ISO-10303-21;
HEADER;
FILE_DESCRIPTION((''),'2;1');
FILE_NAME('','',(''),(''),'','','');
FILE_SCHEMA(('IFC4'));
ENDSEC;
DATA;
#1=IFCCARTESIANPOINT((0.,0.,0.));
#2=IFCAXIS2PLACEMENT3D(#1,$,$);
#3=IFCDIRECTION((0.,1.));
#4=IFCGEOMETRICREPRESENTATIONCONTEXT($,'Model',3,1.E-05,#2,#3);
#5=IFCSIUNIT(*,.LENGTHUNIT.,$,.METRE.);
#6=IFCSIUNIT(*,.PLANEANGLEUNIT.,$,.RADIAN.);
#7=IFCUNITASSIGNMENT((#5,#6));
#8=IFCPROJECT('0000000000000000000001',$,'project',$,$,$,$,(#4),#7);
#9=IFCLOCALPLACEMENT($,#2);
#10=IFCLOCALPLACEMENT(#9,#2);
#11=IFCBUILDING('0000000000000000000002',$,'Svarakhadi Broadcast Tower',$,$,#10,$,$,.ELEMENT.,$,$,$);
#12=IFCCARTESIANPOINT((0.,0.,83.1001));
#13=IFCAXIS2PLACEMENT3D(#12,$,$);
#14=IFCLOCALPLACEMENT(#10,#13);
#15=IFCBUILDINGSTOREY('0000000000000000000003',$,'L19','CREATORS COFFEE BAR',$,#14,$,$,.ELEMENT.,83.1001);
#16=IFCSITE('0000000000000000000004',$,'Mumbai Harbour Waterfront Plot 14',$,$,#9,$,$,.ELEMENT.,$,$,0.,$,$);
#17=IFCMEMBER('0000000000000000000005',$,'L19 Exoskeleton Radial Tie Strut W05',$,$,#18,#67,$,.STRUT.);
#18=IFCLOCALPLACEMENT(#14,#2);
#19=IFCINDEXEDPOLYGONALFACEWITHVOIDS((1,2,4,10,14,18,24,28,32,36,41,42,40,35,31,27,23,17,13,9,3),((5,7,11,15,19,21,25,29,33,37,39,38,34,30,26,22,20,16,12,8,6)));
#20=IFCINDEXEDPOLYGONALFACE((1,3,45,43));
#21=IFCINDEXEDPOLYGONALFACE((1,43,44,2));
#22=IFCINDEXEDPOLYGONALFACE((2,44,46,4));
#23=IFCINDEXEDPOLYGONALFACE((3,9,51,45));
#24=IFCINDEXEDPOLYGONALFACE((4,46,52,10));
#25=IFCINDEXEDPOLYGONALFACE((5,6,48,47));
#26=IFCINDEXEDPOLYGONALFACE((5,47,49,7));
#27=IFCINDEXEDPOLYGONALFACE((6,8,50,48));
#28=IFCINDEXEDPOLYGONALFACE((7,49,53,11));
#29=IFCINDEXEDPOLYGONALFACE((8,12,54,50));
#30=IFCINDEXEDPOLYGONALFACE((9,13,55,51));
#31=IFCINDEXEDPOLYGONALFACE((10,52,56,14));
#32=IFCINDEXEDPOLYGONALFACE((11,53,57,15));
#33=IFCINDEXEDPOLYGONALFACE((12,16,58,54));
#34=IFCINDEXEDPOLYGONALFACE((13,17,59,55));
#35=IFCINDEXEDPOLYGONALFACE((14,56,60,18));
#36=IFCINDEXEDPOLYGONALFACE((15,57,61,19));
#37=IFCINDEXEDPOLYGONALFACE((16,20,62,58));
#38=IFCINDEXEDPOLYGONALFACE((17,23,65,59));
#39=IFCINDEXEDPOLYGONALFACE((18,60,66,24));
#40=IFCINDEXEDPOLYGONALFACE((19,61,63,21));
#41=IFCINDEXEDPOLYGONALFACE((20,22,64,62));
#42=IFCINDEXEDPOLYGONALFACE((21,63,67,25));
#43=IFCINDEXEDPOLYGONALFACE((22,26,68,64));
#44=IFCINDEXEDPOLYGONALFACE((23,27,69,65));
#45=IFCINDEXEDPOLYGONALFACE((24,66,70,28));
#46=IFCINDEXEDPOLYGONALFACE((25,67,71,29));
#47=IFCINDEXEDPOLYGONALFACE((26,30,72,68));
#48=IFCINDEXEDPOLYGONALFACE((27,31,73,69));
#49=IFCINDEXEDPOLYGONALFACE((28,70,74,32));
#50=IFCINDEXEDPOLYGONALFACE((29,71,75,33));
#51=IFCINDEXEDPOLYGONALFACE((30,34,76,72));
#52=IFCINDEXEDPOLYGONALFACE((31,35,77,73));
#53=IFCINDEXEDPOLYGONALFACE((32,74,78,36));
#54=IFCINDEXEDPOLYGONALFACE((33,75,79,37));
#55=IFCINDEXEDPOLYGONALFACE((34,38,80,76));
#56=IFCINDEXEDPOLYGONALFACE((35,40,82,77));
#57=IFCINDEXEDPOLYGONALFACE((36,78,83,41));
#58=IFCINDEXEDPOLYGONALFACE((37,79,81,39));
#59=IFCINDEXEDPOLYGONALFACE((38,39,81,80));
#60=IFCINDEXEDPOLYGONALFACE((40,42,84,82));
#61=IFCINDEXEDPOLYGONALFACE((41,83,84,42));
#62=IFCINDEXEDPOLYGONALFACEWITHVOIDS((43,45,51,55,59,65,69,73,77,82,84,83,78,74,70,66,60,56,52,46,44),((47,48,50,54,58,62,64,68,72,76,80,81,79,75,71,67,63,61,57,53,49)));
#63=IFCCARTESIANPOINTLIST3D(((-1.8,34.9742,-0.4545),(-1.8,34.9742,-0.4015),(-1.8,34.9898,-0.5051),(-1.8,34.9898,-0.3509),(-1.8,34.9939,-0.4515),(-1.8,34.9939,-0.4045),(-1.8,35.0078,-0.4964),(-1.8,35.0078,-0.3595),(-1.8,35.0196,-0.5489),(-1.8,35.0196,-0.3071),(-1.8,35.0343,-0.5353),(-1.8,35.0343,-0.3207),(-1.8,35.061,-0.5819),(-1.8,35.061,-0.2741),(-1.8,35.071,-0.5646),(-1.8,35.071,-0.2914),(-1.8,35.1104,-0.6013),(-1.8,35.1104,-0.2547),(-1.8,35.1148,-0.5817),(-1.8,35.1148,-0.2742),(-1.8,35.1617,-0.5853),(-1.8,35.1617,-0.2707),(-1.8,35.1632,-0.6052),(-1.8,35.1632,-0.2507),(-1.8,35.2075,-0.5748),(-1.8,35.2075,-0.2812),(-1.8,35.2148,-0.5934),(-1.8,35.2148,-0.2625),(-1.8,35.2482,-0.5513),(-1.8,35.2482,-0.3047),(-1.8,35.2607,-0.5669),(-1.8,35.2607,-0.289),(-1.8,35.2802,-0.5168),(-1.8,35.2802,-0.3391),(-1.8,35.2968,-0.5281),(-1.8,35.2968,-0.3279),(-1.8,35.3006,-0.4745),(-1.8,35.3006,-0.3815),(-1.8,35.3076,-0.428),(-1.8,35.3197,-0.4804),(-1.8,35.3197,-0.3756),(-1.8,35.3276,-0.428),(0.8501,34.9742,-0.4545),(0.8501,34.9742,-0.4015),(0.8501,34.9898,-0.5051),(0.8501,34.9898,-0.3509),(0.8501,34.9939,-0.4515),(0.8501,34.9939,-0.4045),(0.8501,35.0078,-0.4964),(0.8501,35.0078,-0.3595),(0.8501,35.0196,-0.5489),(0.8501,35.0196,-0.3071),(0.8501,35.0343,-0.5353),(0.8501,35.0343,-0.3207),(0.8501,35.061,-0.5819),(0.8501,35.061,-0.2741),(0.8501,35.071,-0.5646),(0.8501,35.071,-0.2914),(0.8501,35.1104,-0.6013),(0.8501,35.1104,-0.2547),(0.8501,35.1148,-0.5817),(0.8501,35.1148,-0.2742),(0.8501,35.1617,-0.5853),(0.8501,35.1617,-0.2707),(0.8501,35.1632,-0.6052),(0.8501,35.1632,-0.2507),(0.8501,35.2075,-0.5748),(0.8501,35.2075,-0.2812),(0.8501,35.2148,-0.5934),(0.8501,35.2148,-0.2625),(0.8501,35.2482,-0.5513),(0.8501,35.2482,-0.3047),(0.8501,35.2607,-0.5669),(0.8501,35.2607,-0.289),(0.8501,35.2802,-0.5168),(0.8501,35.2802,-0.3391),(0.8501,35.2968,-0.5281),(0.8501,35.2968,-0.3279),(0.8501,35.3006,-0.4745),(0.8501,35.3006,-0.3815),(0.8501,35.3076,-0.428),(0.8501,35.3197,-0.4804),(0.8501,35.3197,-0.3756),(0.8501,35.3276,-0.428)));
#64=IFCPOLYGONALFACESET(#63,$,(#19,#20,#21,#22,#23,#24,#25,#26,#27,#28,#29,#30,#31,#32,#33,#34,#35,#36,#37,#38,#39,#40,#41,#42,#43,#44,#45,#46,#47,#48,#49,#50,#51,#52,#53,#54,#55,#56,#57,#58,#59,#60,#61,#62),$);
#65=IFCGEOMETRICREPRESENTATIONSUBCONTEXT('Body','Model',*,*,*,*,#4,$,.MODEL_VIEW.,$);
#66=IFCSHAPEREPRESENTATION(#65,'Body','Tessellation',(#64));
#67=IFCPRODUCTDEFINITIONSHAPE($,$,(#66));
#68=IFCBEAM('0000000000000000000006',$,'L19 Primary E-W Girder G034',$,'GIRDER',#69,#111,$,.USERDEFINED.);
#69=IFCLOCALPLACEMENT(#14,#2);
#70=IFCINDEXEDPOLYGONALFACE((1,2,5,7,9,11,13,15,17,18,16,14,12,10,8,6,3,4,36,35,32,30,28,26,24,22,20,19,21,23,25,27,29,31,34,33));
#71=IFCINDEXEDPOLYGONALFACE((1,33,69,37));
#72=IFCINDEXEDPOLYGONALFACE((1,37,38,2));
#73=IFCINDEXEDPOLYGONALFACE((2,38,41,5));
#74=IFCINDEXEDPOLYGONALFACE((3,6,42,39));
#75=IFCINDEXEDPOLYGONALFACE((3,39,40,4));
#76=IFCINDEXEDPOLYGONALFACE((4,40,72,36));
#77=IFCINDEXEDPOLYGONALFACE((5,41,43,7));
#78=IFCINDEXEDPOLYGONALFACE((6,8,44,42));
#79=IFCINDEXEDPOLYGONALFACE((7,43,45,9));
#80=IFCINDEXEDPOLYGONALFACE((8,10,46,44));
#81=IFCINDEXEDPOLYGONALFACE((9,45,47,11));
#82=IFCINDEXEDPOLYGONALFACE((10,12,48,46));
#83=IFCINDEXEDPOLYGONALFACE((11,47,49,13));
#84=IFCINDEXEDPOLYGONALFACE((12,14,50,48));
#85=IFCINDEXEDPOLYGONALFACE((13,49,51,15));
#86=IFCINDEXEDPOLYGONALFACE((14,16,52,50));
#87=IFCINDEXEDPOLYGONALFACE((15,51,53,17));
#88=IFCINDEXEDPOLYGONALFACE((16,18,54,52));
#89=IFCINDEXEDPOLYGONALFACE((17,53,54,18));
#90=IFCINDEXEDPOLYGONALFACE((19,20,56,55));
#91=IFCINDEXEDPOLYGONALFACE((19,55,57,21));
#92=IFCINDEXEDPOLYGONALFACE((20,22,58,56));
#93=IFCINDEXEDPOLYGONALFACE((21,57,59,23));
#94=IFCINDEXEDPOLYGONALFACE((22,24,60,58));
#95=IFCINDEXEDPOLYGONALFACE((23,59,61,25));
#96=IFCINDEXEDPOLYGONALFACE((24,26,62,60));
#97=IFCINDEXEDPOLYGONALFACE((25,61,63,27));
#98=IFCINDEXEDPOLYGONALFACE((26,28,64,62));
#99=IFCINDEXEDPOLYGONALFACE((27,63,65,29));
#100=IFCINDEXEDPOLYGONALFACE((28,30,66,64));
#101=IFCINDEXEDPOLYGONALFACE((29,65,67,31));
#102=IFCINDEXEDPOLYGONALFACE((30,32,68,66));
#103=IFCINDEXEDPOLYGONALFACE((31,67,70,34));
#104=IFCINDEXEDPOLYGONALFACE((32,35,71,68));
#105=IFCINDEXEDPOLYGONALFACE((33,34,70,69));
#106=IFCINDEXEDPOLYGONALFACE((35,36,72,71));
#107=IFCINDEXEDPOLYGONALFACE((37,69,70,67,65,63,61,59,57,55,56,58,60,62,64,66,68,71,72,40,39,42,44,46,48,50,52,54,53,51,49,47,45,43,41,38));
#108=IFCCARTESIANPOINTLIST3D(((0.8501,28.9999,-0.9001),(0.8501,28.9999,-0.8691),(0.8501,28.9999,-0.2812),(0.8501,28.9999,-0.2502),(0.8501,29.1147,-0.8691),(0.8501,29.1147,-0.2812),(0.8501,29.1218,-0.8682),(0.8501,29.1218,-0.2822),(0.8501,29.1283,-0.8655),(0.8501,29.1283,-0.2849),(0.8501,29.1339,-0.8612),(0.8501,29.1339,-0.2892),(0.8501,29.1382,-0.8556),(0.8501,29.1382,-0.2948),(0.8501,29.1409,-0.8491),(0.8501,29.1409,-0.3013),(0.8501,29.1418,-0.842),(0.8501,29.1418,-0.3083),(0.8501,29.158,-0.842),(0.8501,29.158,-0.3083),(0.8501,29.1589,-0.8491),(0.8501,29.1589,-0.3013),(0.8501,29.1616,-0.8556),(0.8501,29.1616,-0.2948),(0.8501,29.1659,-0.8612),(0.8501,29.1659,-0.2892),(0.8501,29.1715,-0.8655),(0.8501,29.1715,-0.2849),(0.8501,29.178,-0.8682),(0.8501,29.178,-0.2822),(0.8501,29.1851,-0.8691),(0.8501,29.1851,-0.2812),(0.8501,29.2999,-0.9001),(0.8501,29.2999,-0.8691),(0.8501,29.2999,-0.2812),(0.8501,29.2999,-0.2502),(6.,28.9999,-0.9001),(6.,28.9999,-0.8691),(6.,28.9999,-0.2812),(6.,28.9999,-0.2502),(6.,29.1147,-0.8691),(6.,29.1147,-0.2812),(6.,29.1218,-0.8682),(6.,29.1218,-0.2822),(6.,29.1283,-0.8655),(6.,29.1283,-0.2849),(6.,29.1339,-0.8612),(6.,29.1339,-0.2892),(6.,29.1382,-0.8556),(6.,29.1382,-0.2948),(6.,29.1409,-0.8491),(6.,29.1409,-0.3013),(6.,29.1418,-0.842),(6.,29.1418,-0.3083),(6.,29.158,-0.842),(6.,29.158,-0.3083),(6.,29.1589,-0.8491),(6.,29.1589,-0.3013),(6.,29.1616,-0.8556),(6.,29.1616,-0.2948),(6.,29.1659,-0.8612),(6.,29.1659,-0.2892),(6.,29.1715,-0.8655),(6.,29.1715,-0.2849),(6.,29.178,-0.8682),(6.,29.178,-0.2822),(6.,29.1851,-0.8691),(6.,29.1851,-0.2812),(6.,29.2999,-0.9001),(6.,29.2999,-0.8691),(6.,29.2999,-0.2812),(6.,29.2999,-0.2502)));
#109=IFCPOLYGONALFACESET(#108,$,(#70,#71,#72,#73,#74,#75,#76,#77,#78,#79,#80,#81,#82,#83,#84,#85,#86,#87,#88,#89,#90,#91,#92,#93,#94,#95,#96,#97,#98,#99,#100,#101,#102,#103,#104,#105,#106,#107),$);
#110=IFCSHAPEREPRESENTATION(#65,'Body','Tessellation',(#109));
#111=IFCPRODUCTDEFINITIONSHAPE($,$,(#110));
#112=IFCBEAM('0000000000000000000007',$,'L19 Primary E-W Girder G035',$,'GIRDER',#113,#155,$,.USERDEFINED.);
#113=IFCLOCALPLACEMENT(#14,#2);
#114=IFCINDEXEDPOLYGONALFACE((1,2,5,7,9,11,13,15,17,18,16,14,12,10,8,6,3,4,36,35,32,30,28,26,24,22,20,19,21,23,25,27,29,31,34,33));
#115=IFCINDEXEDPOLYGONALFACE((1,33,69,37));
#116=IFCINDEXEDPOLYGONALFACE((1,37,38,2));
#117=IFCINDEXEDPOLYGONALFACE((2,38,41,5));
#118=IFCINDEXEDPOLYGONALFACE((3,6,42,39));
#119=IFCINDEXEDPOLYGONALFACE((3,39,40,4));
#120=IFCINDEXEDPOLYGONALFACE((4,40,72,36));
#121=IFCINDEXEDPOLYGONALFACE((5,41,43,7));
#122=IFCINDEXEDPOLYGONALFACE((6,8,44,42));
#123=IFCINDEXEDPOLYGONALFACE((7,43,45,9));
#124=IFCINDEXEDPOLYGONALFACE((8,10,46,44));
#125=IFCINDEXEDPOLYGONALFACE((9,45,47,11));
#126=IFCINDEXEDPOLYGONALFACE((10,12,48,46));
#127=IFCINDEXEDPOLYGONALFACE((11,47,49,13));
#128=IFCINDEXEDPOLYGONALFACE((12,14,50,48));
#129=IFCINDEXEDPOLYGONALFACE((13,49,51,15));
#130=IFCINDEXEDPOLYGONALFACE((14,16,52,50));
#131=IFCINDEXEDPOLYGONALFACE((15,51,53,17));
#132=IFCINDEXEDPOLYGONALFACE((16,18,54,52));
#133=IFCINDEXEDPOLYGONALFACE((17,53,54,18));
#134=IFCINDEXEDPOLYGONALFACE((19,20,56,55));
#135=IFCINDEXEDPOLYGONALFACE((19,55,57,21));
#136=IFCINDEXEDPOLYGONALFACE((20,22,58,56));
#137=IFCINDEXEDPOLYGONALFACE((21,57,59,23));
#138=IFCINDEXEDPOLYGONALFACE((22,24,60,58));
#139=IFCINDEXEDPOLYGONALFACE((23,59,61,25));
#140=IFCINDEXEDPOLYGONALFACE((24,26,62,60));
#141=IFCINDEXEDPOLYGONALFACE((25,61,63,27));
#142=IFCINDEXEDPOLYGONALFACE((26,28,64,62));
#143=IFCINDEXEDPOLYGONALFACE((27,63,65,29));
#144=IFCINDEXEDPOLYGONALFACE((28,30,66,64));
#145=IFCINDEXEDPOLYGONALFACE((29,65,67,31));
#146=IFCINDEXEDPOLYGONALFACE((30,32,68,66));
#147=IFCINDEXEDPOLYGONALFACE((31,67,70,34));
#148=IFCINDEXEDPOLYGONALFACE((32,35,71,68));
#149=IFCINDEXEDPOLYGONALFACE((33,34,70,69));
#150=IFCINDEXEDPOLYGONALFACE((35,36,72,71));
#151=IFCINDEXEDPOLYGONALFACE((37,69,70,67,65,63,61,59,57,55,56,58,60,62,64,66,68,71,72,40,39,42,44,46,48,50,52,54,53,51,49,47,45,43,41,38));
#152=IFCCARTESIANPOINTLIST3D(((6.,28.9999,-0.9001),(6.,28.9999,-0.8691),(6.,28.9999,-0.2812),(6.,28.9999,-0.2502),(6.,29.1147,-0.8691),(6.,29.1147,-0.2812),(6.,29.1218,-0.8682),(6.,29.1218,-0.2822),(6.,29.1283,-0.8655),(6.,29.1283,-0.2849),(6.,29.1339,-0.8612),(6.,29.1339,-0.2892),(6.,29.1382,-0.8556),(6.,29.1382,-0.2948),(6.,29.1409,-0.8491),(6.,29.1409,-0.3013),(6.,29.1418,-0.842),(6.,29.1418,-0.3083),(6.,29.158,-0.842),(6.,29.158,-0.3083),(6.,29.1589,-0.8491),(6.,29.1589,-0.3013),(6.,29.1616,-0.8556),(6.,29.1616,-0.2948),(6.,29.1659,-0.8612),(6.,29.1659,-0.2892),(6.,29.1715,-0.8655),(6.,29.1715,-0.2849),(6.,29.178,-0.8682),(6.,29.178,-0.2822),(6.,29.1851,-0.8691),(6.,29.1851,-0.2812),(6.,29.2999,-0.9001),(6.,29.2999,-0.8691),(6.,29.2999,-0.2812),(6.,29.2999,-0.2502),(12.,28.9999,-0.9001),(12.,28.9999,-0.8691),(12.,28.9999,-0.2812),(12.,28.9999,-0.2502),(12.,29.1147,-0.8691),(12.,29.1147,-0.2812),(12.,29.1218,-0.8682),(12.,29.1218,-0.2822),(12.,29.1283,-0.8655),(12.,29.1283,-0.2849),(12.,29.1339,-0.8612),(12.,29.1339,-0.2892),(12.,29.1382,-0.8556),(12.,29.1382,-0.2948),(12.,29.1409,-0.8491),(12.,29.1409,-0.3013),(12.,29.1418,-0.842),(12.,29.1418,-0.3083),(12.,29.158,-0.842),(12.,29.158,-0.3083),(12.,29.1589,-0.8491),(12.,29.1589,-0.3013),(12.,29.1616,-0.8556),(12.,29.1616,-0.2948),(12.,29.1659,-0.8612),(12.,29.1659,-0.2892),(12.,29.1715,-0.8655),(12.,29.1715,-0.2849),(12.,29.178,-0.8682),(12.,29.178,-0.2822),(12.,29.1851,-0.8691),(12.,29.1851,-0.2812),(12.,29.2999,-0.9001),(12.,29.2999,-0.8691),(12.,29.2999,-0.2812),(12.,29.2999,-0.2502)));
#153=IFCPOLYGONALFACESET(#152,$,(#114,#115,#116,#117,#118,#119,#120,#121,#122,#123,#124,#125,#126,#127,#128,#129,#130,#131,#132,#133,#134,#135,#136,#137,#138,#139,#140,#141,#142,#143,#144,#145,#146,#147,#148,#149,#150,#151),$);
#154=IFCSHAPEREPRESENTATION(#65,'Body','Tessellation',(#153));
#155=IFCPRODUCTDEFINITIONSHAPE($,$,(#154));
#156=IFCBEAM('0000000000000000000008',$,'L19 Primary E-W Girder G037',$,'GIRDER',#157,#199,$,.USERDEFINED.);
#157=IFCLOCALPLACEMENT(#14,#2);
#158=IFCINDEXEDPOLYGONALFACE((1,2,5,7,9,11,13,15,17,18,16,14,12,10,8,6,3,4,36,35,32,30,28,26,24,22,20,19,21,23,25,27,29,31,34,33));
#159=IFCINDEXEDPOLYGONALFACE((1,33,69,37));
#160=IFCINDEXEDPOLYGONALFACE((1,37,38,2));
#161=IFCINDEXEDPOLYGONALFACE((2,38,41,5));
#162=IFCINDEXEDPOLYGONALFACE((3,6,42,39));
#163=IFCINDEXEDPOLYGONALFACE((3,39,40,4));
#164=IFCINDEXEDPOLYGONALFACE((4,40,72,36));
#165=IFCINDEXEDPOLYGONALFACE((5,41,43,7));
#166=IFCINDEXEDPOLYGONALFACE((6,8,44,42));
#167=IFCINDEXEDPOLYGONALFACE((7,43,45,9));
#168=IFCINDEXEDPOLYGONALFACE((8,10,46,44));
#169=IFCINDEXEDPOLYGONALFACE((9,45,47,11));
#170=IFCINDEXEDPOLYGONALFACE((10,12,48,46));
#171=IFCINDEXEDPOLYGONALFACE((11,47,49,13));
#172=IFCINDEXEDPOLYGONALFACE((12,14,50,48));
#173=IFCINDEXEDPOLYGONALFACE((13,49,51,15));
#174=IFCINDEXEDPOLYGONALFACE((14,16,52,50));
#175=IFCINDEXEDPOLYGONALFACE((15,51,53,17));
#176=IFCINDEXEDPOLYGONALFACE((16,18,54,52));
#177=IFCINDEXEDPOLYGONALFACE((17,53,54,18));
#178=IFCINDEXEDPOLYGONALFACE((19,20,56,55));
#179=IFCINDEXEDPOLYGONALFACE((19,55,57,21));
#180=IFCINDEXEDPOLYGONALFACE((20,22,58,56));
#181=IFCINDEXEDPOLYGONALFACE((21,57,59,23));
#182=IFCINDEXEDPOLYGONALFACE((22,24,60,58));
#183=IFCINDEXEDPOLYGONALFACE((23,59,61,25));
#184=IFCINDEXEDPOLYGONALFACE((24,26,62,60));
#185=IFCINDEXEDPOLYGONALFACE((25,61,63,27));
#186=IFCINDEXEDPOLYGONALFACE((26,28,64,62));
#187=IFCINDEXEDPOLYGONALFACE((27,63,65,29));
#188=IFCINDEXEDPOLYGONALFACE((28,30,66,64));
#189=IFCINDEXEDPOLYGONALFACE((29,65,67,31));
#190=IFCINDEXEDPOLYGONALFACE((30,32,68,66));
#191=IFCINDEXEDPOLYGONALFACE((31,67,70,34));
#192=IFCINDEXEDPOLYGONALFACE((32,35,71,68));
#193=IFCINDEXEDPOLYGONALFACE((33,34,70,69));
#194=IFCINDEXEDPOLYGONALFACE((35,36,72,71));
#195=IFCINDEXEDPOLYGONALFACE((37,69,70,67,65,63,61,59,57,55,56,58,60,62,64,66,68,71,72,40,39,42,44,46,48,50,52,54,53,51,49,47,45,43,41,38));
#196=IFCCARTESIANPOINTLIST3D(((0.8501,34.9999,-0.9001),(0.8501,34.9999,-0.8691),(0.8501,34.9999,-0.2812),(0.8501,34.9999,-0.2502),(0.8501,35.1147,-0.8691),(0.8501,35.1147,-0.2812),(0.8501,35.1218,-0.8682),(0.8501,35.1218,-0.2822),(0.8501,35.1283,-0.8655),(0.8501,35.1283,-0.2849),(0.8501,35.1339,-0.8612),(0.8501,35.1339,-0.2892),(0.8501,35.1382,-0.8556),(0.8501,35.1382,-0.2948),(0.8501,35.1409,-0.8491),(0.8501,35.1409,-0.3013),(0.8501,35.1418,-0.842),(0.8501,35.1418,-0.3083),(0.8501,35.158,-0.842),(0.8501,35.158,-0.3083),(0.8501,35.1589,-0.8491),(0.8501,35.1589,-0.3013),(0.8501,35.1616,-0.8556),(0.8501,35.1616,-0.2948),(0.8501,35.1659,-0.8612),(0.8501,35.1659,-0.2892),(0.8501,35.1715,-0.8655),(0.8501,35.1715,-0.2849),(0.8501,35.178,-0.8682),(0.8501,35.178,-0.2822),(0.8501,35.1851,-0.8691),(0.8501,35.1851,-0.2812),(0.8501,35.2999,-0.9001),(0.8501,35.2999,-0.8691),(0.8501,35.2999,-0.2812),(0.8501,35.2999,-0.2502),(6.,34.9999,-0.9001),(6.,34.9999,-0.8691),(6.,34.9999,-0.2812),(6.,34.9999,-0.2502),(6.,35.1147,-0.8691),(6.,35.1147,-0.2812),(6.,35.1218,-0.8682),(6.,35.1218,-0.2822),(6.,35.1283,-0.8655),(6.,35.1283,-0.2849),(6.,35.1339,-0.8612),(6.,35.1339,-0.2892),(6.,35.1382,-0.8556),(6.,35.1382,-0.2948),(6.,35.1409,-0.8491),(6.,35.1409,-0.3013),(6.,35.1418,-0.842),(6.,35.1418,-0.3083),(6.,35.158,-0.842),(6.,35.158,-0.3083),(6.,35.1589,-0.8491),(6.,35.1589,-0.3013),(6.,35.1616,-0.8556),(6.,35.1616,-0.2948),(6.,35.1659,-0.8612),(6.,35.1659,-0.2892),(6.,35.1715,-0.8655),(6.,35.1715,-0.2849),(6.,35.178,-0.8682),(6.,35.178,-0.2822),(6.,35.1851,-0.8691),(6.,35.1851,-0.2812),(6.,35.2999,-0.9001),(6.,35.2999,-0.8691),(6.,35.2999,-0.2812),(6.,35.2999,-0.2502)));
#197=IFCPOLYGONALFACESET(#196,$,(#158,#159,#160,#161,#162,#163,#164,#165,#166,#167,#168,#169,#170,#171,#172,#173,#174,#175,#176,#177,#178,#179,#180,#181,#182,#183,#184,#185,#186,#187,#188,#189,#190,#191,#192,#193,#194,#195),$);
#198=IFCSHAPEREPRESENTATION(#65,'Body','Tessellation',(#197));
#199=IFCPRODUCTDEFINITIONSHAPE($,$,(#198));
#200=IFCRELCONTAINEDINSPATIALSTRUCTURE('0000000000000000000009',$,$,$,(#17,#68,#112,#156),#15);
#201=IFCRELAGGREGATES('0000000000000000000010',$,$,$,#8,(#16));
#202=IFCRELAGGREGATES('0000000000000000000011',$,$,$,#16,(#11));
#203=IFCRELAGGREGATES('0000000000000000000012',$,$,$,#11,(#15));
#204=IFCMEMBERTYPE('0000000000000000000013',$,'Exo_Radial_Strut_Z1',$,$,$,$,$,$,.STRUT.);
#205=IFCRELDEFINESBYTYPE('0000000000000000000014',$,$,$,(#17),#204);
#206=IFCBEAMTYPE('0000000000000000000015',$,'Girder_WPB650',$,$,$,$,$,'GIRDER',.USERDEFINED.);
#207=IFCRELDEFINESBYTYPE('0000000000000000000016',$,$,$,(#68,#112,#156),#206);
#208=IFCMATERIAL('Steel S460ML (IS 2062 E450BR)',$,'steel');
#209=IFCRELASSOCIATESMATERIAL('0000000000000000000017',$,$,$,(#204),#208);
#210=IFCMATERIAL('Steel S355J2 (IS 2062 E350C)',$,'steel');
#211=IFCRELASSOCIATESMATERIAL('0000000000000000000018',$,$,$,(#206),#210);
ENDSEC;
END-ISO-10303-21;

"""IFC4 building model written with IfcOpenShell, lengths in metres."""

from ifc_helpers import new_model, si_unit, direction, frame, origin, origin_2d, place, context, subcontext, project, spatial, hollow_circle, i_section, extrude, material, material_profile, profile_set, type_object, element, save


model = new_model("IFC4")

# Units and contexts
model_context = context("Model", 3, precision=1e-05, world=origin(), true_north=direction((0.0, 1.0)))
body_context = subcontext(model_context, "Body", "Model", "MODEL_VIEW")
ifc_project = project(units=[si_unit("LENGTHUNIT", "METRE"), si_unit("PLANEANGLEUNIT", "RADIAN")], contexts=[model_context])

# Site, building, storey
site_placement = place(None, origin())
site = spatial("IfcSite", under=ifc_project, at=site_placement, Name="Mumbai Harbour Waterfront Plot 14", CompositionType="ELEMENT", RefElevation=0.0)
building_placement = place(site_placement, origin())
building = spatial("IfcBuilding", under=site, at=building_placement, Name="Svarakhadi Broadcast Tower", CompositionType="ELEMENT")
storey_placement = place(building_placement, frame((0.0, 0.0, 83.1001)))
storey = spatial("IfcBuildingStorey", under=building, at=storey_placement, Name="L19", Description="CREATORS COFFEE BAR", CompositionType="ELEMENT", Elevation=83.1001)

# Shared definitions
ifc_material_1 = material(Name="Steel S460ML (IS 2062 E450BR)", Category="steel")

# Shared definitions
ifc_material_2 = material(Name="Steel S355J2 (IS 2062 E350C)", Category="steel")

# Member
ifc_material_profile_1 = material_profile(ifc_material_1, hollow_circle(Radius=0.1777, WallThickness=0.02, at=origin_2d()), Name="CHS 355.6x20")
ifc_profile_set_1 = profile_set([ifc_material_profile_1], Name="Steel S460ML (IS 2062 E450BR)")
member_type_1 = type_object("IfcMemberType", Name="Exo_Radial_Strut_Z1", PredefinedType="STRUT", material=ifc_profile_set_1)
member_1_placement = place(storey_placement, frame((-1.8, 35.1499, -0.428), z_axis=(1.0, 0.0, 0.0), x_axis=(0.0, 1.0, 0.0)))
element("IfcMember", 1, at=member_1_placement, inside=storey, type_object=member_type_1, Name="L19 Exoskeleton Radial Tie Strut W05", PredefinedType="STRUT", context=body_context, shape_type="SweptSolid", body=[
    extrude(hollow_circle(Radius=0.1777, WallThickness=0.02, at=origin_2d()), origin(), (0.0, 0.0, 1.0), 2.6501),
])

# Beams
ifc_material_profile_2 = material_profile(ifc_material_2, i_section(OverallWidth=0.3, OverallDepth=0.6499, WebThickness=0.0161, FlangeThickness=0.031, FilletRadius=0.0271, at=origin_2d()), Name="WPB 650x300x225")
ifc_profile_set_2 = profile_set([ifc_material_profile_2], Name="Steel S355J2 (IS 2062 E350C)")
beam_type_1 = type_object("IfcBeamType", Name="Girder_WPB650", ElementType="GIRDER", PredefinedType="USERDEFINED", material=ifc_profile_set_2)
beam_1_placement = place(storey_placement, frame((0.8501, 29.1499, -0.5752), z_axis=(1.0, 0.0, 0.0), x_axis=(0.0, 1.0, 0.0)))
element("IfcBeam", 2, at=beam_1_placement, inside=storey, type_object=beam_type_1, Name="L19 Primary E-W Girder G034", ObjectType="GIRDER", PredefinedType="USERDEFINED", context=body_context, shape_type="SweptSolid", body=[
    extrude(i_section(OverallWidth=0.3, OverallDepth=0.6499, WebThickness=0.0161, FlangeThickness=0.031, FilletRadius=0.0271, at=origin_2d()), origin(), (0.0, 0.0, 1.0), 5.1499),
])
beam_2_placement = place(storey_placement, frame((6.0, 29.1499, -0.5752), z_axis=(1.0, 0.0, 0.0), x_axis=(0.0, 1.0, 0.0)))
element("IfcBeam", 3, at=beam_2_placement, inside=storey, type_object=beam_type_1, Name="L19 Primary E-W Girder G035", ObjectType="GIRDER", PredefinedType="USERDEFINED", context=body_context, shape_type="SweptSolid", body=[
    extrude(i_section(OverallWidth=0.3, OverallDepth=0.6499, WebThickness=0.0161, FlangeThickness=0.031, FilletRadius=0.0271, at=origin_2d()), origin(), (0.0, 0.0, 1.0), 6.0),
])
for number, where, z_axis, x_axis, name in (
    (4, (0.8501, 35.1499, -0.5752), (1.0, 0.0, 0.0), (0.0, 1.0, 0.0), "L19 Primary E-W Girder G037"),
):
    element("IfcBeam", number, at=place(storey_placement, frame(where, z_axis=z_axis, x_axis=x_axis)), inside=storey, type_object=beam_type_1, Name=name, ObjectType="GIRDER", PredefinedType="USERDEFINED", context=body_context, shape_type="SweptSolid", body=[
        extrude(i_section(OverallWidth=0.3, OverallDepth=0.6499, WebThickness=0.0161, FlangeThickness=0.031, FilletRadius=0.0271, at=origin_2d()), origin(), (0.0, 0.0, 1.0), 5.1499),
    ])

save(model, "model.ifc")
